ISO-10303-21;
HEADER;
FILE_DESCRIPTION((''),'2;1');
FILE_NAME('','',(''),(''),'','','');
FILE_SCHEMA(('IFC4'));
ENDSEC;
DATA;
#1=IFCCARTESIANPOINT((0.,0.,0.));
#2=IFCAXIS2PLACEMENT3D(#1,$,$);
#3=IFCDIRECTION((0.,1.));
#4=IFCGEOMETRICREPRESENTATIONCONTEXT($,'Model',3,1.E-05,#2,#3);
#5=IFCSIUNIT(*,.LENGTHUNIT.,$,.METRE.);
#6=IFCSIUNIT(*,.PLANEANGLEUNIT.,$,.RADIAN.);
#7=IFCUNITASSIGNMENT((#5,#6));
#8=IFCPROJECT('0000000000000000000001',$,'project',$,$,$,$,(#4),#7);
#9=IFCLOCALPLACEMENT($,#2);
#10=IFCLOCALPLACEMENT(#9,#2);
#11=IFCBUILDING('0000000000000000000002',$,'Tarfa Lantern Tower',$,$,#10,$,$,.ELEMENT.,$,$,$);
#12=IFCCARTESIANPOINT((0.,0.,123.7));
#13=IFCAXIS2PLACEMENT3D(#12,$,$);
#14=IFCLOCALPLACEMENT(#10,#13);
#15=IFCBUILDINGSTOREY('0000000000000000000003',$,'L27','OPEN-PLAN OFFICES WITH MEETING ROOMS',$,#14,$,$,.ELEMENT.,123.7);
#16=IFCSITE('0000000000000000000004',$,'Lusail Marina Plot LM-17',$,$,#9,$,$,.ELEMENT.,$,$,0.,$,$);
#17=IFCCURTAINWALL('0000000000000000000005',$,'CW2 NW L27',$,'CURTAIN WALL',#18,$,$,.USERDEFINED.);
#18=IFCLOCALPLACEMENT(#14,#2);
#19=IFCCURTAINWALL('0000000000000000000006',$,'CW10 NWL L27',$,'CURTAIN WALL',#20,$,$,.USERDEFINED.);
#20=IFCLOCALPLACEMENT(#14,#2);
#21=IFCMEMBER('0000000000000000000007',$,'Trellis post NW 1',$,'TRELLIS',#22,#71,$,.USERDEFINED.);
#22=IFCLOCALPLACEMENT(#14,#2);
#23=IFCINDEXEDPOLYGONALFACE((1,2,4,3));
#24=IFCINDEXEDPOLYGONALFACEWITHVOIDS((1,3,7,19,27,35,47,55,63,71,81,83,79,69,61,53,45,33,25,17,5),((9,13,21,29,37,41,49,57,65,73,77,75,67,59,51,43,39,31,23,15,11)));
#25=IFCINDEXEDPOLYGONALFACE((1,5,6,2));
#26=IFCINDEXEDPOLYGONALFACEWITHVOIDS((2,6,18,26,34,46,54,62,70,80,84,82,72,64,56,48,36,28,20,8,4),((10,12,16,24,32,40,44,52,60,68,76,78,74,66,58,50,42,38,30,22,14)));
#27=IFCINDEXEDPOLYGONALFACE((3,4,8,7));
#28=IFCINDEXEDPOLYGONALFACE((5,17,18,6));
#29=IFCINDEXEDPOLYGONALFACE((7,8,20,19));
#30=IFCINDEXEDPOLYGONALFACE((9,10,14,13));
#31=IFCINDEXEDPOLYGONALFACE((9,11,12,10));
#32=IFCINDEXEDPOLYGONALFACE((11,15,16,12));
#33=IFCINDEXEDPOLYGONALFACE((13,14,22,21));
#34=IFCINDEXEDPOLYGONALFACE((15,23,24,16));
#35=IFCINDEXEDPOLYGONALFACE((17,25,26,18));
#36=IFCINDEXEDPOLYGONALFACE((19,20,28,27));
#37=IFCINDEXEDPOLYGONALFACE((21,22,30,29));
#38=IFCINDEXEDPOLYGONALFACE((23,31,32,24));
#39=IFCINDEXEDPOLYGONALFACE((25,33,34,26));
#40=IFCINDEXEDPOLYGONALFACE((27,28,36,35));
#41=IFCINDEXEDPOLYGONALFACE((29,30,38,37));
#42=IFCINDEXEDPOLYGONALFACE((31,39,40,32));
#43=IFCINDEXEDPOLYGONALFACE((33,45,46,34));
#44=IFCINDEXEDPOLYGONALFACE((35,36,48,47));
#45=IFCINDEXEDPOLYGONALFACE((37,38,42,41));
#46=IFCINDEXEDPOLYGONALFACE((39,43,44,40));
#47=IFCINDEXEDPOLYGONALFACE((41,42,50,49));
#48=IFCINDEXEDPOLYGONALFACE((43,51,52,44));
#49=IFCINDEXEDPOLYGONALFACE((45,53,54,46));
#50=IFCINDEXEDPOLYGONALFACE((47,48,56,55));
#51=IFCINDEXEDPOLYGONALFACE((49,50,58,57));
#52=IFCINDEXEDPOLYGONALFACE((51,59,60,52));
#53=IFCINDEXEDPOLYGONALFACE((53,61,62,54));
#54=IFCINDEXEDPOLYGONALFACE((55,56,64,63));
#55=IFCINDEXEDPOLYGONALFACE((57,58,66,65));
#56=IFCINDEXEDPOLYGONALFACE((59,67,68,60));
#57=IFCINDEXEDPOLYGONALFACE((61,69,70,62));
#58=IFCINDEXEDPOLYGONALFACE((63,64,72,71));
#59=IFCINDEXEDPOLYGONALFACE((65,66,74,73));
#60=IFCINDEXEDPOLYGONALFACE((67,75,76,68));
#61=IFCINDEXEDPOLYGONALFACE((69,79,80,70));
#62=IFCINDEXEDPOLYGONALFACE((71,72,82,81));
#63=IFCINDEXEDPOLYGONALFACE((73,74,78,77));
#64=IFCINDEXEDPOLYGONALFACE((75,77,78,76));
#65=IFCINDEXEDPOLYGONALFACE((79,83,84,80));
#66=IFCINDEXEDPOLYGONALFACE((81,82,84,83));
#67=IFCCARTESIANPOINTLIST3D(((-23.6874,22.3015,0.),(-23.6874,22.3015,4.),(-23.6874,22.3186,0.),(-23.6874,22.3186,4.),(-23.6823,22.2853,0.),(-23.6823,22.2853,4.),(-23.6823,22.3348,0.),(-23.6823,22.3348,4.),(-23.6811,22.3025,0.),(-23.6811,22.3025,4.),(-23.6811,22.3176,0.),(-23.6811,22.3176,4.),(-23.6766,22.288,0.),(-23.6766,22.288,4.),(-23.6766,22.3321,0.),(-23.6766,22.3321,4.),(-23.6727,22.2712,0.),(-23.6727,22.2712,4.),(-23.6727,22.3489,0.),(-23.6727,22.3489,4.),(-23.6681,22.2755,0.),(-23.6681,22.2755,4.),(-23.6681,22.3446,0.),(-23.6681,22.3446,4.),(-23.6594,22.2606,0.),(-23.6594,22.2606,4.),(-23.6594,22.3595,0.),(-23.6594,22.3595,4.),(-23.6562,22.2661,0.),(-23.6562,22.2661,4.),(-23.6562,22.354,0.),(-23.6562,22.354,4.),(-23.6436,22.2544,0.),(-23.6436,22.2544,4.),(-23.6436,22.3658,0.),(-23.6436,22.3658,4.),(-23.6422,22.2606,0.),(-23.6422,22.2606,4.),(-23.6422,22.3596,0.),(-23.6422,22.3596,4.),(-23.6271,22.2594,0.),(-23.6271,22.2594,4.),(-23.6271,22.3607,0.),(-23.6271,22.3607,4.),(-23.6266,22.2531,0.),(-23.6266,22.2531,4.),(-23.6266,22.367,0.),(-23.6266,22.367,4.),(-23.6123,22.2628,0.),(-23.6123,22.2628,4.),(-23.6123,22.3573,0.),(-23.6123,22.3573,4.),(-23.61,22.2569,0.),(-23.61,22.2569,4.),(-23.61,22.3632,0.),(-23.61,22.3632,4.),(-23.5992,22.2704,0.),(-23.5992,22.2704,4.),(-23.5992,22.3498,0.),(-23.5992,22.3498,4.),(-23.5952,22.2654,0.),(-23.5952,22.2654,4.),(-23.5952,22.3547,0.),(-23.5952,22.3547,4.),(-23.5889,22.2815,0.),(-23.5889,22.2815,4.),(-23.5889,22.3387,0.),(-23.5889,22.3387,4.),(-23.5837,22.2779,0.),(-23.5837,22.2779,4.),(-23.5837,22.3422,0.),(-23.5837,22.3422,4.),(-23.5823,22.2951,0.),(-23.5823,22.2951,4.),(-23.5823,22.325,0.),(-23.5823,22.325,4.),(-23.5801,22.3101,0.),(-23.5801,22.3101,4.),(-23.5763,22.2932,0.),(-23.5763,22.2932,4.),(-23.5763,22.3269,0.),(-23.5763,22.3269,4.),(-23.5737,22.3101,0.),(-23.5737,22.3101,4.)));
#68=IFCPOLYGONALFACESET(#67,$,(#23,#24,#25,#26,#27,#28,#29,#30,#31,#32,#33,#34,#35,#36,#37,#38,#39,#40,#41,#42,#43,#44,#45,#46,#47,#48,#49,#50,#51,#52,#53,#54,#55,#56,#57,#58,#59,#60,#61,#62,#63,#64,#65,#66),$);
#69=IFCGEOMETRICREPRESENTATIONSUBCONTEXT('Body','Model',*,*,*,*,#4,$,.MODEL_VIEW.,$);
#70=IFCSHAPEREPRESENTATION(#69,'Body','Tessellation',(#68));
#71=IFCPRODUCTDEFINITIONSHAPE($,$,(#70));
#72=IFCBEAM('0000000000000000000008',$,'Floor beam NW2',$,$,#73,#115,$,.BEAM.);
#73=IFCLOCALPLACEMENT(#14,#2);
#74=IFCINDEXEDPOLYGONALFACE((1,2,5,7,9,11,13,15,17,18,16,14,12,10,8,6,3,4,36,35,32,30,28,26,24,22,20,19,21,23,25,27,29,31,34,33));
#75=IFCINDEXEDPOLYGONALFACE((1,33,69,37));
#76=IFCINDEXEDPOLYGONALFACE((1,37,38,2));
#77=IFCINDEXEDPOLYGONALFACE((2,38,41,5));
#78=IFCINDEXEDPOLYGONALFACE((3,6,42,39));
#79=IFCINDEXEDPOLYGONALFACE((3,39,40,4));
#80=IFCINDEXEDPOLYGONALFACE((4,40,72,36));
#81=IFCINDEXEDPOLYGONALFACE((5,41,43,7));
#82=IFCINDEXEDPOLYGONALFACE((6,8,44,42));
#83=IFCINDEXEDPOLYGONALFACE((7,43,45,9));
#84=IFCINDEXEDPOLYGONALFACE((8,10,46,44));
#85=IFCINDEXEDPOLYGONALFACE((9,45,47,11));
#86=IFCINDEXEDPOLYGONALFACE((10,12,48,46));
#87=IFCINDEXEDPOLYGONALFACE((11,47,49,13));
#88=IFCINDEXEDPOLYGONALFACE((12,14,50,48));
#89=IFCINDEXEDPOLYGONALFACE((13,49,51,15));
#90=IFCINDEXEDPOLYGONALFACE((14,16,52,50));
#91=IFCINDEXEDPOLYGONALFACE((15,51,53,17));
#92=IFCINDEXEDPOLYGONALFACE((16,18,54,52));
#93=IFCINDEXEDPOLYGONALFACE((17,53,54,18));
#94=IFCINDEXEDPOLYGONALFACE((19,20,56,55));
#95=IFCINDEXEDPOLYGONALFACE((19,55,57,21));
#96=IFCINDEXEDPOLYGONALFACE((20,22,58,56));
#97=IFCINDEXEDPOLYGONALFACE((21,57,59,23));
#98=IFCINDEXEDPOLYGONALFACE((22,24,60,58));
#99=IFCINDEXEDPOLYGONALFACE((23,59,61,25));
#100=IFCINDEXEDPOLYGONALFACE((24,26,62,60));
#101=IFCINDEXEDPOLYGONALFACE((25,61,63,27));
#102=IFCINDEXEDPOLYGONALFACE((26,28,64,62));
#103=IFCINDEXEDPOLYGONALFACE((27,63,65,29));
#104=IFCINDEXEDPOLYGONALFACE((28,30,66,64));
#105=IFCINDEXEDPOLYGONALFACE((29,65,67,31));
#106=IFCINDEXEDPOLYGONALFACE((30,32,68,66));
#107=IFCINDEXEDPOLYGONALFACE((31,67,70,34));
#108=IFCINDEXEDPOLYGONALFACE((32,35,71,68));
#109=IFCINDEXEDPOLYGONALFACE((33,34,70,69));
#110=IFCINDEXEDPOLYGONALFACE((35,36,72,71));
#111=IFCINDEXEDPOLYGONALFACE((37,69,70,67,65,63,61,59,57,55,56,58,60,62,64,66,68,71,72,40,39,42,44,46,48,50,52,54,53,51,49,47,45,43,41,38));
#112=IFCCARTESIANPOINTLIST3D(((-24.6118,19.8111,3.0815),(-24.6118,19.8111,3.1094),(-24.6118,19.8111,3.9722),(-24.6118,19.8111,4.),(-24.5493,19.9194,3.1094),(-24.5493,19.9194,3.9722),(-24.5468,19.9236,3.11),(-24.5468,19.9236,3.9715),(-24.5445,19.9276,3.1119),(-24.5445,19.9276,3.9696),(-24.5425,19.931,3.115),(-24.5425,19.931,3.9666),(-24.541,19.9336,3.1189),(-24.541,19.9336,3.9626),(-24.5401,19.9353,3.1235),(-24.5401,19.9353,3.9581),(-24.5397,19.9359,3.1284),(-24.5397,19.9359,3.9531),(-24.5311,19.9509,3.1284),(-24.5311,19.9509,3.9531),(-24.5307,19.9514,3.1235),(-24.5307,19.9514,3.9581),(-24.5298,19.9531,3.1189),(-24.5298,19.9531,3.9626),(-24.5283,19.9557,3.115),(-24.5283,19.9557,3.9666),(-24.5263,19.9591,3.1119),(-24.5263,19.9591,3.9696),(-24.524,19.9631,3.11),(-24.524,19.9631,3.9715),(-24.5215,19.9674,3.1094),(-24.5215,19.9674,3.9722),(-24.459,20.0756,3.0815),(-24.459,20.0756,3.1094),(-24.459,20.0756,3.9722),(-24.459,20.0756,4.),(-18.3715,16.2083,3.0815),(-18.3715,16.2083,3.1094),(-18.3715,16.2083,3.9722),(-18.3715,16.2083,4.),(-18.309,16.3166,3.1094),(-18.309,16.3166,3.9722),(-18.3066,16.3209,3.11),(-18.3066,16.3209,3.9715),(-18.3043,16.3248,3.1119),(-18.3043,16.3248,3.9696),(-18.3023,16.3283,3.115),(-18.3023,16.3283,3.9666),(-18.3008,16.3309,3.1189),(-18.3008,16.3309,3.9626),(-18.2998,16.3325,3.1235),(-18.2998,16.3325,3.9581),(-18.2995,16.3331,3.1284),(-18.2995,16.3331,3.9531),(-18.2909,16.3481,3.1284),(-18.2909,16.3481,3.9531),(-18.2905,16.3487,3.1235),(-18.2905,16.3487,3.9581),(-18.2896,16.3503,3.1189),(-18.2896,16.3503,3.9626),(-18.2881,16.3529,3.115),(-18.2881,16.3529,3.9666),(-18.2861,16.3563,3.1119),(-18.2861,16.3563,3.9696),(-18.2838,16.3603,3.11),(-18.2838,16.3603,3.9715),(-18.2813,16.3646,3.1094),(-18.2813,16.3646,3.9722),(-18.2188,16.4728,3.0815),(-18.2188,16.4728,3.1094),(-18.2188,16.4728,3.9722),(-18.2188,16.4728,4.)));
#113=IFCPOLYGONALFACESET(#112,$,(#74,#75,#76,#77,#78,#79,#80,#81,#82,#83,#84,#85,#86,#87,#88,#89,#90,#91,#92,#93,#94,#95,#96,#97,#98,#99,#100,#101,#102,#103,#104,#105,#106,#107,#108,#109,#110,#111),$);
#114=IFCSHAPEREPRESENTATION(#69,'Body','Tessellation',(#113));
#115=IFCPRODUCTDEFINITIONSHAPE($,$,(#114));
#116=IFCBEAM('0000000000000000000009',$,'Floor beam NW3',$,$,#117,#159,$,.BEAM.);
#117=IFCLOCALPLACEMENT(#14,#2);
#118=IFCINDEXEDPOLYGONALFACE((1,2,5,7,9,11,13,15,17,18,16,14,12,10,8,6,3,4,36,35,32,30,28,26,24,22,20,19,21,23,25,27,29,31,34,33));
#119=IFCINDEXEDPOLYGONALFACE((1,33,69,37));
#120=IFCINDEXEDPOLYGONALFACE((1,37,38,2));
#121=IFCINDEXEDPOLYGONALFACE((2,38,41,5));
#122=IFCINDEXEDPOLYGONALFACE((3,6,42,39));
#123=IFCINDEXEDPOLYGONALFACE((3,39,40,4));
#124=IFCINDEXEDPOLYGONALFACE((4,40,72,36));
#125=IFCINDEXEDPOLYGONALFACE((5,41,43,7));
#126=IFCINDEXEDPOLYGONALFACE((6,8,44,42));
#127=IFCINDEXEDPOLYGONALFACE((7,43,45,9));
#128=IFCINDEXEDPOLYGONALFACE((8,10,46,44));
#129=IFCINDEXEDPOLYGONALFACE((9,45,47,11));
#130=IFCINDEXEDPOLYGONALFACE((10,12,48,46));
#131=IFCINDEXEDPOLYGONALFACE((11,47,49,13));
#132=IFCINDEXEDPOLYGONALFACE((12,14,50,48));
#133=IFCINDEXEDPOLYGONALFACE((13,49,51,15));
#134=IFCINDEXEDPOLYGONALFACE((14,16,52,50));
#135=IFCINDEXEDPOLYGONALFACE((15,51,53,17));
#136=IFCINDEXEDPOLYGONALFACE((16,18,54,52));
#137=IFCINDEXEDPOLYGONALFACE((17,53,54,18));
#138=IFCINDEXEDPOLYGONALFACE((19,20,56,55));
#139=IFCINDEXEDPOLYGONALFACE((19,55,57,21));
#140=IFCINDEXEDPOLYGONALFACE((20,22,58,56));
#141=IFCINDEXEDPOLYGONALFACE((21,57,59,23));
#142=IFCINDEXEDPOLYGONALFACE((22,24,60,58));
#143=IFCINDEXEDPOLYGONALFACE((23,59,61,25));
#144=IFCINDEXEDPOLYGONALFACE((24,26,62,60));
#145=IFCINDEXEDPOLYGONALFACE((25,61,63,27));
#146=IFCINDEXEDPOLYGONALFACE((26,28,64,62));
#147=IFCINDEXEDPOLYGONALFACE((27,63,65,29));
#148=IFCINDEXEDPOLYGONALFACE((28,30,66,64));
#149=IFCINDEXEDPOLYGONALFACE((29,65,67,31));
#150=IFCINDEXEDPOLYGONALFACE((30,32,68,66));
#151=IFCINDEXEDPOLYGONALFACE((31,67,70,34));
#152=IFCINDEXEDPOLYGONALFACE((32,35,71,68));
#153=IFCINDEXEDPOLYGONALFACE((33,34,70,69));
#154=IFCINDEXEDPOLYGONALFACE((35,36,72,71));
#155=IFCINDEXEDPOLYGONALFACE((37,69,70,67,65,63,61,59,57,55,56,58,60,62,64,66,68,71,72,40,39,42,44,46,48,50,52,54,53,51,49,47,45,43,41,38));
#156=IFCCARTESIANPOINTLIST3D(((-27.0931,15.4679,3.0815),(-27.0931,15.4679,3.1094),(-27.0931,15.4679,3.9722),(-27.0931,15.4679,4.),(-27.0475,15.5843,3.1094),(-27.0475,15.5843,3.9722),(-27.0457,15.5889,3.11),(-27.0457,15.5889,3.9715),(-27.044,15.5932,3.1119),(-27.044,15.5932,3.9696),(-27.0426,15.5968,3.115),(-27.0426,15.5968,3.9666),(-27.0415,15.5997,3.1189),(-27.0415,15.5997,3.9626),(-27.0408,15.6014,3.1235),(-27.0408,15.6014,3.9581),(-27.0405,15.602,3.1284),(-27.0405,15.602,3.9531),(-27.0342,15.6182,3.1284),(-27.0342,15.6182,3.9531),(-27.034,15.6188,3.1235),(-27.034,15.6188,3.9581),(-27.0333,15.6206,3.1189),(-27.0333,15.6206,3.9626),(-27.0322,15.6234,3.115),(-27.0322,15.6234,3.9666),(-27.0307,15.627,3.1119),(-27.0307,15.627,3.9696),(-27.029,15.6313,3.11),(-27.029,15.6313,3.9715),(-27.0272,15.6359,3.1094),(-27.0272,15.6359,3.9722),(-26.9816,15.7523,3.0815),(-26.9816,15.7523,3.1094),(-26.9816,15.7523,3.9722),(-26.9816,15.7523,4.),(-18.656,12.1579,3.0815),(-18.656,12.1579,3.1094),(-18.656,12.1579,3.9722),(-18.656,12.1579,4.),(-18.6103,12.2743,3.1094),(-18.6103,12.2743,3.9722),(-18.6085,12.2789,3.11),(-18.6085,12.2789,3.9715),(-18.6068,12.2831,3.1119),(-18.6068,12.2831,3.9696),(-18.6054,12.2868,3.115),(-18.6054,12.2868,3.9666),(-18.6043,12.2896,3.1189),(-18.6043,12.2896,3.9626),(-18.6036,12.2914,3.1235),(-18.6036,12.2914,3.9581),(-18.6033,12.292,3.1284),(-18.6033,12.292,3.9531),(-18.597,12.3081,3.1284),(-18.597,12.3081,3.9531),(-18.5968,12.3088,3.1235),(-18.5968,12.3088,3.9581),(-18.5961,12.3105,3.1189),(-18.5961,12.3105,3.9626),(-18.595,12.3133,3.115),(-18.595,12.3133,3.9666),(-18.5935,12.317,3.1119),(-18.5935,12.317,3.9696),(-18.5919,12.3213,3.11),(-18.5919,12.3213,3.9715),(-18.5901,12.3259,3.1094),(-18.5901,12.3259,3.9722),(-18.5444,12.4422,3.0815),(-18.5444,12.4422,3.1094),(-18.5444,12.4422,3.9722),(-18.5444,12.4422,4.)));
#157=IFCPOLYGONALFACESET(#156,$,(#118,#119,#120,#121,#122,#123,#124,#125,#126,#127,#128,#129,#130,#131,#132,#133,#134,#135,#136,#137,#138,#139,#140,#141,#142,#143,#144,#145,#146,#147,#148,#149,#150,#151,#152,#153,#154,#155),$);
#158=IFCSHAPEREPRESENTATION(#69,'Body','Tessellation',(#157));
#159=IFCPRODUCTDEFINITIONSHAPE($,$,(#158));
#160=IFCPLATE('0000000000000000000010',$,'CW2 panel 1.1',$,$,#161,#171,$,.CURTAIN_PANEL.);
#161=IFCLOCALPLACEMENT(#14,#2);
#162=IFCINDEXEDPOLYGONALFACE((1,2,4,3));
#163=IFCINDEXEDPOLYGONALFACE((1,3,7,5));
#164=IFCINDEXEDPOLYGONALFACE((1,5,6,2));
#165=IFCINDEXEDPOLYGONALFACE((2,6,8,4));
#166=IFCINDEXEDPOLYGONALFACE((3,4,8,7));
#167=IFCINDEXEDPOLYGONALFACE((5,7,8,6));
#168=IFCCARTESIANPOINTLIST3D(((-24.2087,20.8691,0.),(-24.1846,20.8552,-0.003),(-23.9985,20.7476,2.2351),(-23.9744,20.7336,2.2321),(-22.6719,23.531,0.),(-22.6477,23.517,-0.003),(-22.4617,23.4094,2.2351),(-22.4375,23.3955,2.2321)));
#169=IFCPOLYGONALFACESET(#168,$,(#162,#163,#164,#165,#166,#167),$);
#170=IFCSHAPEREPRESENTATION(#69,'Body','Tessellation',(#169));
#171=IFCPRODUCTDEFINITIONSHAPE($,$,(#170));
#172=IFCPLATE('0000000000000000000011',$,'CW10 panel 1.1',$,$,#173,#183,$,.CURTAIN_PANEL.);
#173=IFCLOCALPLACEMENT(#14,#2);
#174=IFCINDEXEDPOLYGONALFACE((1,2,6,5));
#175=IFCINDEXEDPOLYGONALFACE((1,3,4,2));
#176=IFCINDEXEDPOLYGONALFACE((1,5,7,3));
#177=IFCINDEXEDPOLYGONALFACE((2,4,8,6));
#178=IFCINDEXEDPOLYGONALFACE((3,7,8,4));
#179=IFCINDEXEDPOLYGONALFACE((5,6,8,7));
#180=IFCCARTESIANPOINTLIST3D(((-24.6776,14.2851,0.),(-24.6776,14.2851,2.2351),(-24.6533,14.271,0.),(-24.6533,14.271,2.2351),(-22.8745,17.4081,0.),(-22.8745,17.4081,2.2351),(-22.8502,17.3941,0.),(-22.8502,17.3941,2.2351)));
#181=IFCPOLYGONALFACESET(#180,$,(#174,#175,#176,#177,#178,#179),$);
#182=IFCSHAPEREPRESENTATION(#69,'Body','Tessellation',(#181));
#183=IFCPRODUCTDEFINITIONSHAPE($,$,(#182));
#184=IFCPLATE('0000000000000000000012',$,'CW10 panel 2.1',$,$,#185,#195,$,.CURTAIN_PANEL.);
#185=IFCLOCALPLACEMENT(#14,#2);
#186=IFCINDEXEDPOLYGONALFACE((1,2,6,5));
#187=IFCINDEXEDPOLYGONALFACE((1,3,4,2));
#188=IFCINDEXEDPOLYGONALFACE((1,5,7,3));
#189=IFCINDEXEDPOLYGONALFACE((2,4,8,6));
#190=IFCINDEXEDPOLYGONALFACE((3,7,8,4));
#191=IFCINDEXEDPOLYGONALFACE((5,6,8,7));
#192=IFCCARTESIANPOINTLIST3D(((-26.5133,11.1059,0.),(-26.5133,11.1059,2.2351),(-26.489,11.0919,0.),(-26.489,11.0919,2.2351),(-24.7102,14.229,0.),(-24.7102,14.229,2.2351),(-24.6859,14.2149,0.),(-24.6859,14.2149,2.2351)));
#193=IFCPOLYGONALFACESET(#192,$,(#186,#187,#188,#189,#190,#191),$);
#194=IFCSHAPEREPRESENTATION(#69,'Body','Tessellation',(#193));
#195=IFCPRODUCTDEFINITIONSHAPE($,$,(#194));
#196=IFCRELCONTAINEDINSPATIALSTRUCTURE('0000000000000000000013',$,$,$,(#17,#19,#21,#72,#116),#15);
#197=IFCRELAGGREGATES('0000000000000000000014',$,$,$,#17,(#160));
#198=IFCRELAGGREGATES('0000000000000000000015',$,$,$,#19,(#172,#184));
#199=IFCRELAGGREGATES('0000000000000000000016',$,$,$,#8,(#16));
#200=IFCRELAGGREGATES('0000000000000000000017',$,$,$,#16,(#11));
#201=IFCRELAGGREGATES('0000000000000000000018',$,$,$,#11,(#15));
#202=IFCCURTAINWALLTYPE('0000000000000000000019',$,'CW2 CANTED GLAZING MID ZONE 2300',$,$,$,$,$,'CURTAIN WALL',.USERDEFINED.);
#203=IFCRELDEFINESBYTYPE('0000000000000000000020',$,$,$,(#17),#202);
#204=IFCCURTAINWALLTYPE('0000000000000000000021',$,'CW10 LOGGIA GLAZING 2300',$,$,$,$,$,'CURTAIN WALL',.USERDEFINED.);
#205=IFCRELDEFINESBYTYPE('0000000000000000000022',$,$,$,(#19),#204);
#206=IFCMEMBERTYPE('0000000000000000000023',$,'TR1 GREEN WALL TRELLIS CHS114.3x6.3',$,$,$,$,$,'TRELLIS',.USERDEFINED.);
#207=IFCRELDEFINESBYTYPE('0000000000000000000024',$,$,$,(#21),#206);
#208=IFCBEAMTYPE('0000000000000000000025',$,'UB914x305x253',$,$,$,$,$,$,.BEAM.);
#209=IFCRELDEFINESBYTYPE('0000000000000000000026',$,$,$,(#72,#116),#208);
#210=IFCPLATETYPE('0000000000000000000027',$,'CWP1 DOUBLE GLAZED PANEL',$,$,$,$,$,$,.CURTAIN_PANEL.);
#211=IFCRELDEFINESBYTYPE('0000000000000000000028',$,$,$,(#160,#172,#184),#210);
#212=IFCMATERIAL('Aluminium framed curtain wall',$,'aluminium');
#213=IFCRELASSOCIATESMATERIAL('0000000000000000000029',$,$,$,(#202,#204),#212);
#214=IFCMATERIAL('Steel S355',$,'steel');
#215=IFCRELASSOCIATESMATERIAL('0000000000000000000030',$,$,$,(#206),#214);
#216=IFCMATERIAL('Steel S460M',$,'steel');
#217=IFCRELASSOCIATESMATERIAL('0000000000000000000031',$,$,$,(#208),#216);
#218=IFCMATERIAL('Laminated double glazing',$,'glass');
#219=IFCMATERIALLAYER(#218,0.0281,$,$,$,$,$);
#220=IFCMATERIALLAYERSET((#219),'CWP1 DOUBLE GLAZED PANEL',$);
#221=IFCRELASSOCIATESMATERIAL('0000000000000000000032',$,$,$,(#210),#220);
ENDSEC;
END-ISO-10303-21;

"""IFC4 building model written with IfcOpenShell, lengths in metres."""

from ifc_helpers import new_model, si_unit, direction, frame, origin, origin_2d, place, context, subcontext, project, spatial, polyline, rectangle, hollow_circle, i_section, outline, extrude, material, layer, layer_set, material_profile, profile_set, type_object, element, aggregate, save


model = new_model("IFC4")

# Units and contexts
model_context = context("Model", 3, precision=1e-05, world=origin(), true_north=direction((0.0, 1.0)))
body_context = subcontext(model_context, "Body", "Model", "MODEL_VIEW")
ifc_project = project(units=[si_unit("LENGTHUNIT", "METRE"), si_unit("PLANEANGLEUNIT", "RADIAN")], contexts=[model_context])

# Site, building, storey
site_placement = place(None, origin())
site = spatial("IfcSite", under=ifc_project, at=site_placement, Name="Lusail Marina Plot LM-17", CompositionType="ELEMENT", RefElevation=0.0)
building_placement = place(site_placement, origin())
building = spatial("IfcBuilding", under=site, at=building_placement, Name="Tarfa Lantern Tower", CompositionType="ELEMENT")
storey_placement = place(building_placement, frame((0.0, 0.0, 123.7)))
storey = spatial("IfcBuildingStorey", under=building, at=storey_placement, Name="L27", Description="OPEN-PLAN OFFICES WITH MEETING ROOMS", CompositionType="ELEMENT", Elevation=123.7)

# Curtain walls
ifc_material_1 = material(Name="Aluminium framed curtain wall", Category="aluminium")
curtain_wall_type_1 = type_object("IfcCurtainWallType", Name="CW2 CANTED GLAZING MID ZONE 2300", ElementType="CURTAIN WALL", PredefinedType="USERDEFINED", material=ifc_material_1)
curtain_wall_1_placement = place(storey_placement, origin())
curtain_wall_1 = element("IfcCurtainWall", 1, at=curtain_wall_1_placement, inside=storey, type_object=curtain_wall_type_1, Name="CW2 NW L27", ObjectType="CURTAIN WALL", PredefinedType="USERDEFINED")
curtain_wall_type_2 = type_object("IfcCurtainWallType", Name="CW10 LOGGIA GLAZING 2300", ElementType="CURTAIN WALL", PredefinedType="USERDEFINED", material=ifc_material_1)
curtain_wall_2_placement = place(storey_placement, origin())
curtain_wall_2 = element("IfcCurtainWall", 2, at=curtain_wall_2_placement, inside=storey, type_object=curtain_wall_type_2, Name="CW10 NWL L27", ObjectType="CURTAIN WALL", PredefinedType="USERDEFINED")

# Member
ifc_material_2 = material(Name="Steel S355", Category="steel")
ifc_material_profile_1 = material_profile(ifc_material_2, hollow_circle(Radius=0.0571, WallThickness=0.0063, at=origin_2d()), Name="CHS114.3x6.3")
ifc_profile_set_1 = profile_set([ifc_material_profile_1], Name="Steel S355")
member_type_1 = type_object("IfcMemberType", Name="TR1 GREEN WALL TRELLIS CHS114.3x6.3", ElementType="TRELLIS", PredefinedType="USERDEFINED", material=ifc_profile_set_1)
member_1_placement = place(storey_placement, frame((-23.6309, 22.3101, 0.0), z_axis=(0.0, 0.0, 1.0), x_axis=(1.0, 0.0, 0.0)))
element("IfcMember", 3, at=member_1_placement, inside=storey, type_object=member_type_1, Name="Trellis post NW 1", ObjectType="TRELLIS", PredefinedType="USERDEFINED", context=body_context, shape_type="SweptSolid", body=[
    extrude(hollow_circle(Radius=0.0571, WallThickness=0.0063, at=origin_2d()), origin(), (0.0, 0.0, 1.0), 4.0),
])

# Beams
ifc_material_3 = material(Name="Steel S460M", Category="steel")
ifc_material_profile_2 = material_profile(ifc_material_3, i_section(OverallWidth=0.3054, OverallDepth=0.9185, WebThickness=0.0173, FlangeThickness=0.0278, FilletRadius=0.019, at=origin_2d()), Name="UB914x305x253")
ifc_profile_set_2 = profile_set([ifc_material_profile_2], Name="Steel S460M")
beam_type_1 = type_object("IfcBeamType", Name="UB914x305x253", PredefinedType="BEAM", material=ifc_profile_set_2)
beam_1_placement = place(storey_placement, frame((-24.5354, 19.9434, 3.5408), z_axis=(0.866026, -0.499998, 0.0), x_axis=(0.499998, 0.866026, 0.0)))
element("IfcBeam", 4, at=beam_1_placement, inside=storey, type_object=beam_type_1, Name="Floor beam NW2", PredefinedType="BEAM", context=body_context, shape_type="SweptSolid", body=[
    extrude(i_section(OverallWidth=0.3054, OverallDepth=0.9185, WebThickness=0.0173, FlangeThickness=0.0278, FilletRadius=0.019, at=origin_2d()), origin(), (0.0, 0.0, 1.0), 7.2056),
])
beam_2_placement = place(storey_placement, frame((-27.0374, 15.6101, 3.5408), z_axis=(0.930923, -0.365215, 0.0), x_axis=(0.365215, 0.930923, 0.0)))
element("IfcBeam", 5, at=beam_2_placement, inside=storey, type_object=beam_type_1, Name="Floor beam NW3", PredefinedType="BEAM", context=body_context, shape_type="SweptSolid", body=[
    extrude(i_section(OverallWidth=0.3054, OverallDepth=0.9185, WebThickness=0.0173, FlangeThickness=0.0278, FilletRadius=0.019, at=origin_2d()), origin(), (0.0, 0.0, 1.0), 9.0632),
])

# Plates
ifc_material_4 = material(Name="Laminated double glazing", Category="glass")
ifc_layer_1 = layer(ifc_material_4, 0.0281)
ifc_layer_set_1 = layer_set([ifc_layer_1], Name="CWP1 DOUBLE GLAZED PANEL")
plate_type_1 = type_object("IfcPlateType", Name="CWP1 DOUBLE GLAZED PANEL", PredefinedType="CURTAIN_PANEL", material=ifc_layer_set_1)
plate_1_placement = place(storey_placement, frame((-22.6719, 23.531, 0.0), z_axis=(-0.860954, 0.497084, 0.10801), x_axis=(-0.500009, -0.86602, 0.0)))
plate_1 = element("IfcPlate", 6, at=plate_1_placement, type_object=plate_type_1, Name="CW2 panel 1.1", PredefinedType="CURTAIN_PANEL", context=body_context, shape_type="SweptSolid", body=[
    extrude(outline(polyline([(0.0, 0.0), (3.0737, 0.0), (3.0739, 2.2483), (0.0002, 2.2483), (0.0, 0.0)])), origin(), (0.0, 0.0, -1.0), 0.0281),
])
aggregate(curtain_wall_1, [plate_1])
plate_2_placement = place(storey_placement, frame((-23.7639, 15.8396, 0.0), z_axis=(0.0, 0.0, 1.0), x_axis=(-0.5, -0.866025, 0.0)))
plate_2 = element("IfcPlate", 7, at=plate_2_placement, type_object=plate_type_1, Name="CW10 panel 1.1", PredefinedType="CURTAIN_PANEL", context=body_context, shape_type="SweptSolid", body=[
    extrude(rectangle(XDim=3.6062, YDim=0.0281, at=origin_2d()), origin(), (0.0, 0.0, 1.0), 2.2351),
])
plate_3_placement = place(storey_placement, frame((-25.5996, 12.6604, 0.0), z_axis=(0.0, 0.0, 1.0), x_axis=(-0.5, -0.866025, 0.0)))
plate_3 = element("IfcPlate", 8, at=plate_3_placement, type_object=plate_type_1, Name="CW10 panel 2.1", PredefinedType="CURTAIN_PANEL", context=body_context, shape_type="SweptSolid", body=[
    extrude(rectangle(XDim=3.6062, YDim=0.0281, at=origin_2d()), origin(), (0.0, 0.0, 1.0), 2.2351),
])
aggregate(curtain_wall_2, [plate_2, plate_3])

save(model, "model.ifc")
